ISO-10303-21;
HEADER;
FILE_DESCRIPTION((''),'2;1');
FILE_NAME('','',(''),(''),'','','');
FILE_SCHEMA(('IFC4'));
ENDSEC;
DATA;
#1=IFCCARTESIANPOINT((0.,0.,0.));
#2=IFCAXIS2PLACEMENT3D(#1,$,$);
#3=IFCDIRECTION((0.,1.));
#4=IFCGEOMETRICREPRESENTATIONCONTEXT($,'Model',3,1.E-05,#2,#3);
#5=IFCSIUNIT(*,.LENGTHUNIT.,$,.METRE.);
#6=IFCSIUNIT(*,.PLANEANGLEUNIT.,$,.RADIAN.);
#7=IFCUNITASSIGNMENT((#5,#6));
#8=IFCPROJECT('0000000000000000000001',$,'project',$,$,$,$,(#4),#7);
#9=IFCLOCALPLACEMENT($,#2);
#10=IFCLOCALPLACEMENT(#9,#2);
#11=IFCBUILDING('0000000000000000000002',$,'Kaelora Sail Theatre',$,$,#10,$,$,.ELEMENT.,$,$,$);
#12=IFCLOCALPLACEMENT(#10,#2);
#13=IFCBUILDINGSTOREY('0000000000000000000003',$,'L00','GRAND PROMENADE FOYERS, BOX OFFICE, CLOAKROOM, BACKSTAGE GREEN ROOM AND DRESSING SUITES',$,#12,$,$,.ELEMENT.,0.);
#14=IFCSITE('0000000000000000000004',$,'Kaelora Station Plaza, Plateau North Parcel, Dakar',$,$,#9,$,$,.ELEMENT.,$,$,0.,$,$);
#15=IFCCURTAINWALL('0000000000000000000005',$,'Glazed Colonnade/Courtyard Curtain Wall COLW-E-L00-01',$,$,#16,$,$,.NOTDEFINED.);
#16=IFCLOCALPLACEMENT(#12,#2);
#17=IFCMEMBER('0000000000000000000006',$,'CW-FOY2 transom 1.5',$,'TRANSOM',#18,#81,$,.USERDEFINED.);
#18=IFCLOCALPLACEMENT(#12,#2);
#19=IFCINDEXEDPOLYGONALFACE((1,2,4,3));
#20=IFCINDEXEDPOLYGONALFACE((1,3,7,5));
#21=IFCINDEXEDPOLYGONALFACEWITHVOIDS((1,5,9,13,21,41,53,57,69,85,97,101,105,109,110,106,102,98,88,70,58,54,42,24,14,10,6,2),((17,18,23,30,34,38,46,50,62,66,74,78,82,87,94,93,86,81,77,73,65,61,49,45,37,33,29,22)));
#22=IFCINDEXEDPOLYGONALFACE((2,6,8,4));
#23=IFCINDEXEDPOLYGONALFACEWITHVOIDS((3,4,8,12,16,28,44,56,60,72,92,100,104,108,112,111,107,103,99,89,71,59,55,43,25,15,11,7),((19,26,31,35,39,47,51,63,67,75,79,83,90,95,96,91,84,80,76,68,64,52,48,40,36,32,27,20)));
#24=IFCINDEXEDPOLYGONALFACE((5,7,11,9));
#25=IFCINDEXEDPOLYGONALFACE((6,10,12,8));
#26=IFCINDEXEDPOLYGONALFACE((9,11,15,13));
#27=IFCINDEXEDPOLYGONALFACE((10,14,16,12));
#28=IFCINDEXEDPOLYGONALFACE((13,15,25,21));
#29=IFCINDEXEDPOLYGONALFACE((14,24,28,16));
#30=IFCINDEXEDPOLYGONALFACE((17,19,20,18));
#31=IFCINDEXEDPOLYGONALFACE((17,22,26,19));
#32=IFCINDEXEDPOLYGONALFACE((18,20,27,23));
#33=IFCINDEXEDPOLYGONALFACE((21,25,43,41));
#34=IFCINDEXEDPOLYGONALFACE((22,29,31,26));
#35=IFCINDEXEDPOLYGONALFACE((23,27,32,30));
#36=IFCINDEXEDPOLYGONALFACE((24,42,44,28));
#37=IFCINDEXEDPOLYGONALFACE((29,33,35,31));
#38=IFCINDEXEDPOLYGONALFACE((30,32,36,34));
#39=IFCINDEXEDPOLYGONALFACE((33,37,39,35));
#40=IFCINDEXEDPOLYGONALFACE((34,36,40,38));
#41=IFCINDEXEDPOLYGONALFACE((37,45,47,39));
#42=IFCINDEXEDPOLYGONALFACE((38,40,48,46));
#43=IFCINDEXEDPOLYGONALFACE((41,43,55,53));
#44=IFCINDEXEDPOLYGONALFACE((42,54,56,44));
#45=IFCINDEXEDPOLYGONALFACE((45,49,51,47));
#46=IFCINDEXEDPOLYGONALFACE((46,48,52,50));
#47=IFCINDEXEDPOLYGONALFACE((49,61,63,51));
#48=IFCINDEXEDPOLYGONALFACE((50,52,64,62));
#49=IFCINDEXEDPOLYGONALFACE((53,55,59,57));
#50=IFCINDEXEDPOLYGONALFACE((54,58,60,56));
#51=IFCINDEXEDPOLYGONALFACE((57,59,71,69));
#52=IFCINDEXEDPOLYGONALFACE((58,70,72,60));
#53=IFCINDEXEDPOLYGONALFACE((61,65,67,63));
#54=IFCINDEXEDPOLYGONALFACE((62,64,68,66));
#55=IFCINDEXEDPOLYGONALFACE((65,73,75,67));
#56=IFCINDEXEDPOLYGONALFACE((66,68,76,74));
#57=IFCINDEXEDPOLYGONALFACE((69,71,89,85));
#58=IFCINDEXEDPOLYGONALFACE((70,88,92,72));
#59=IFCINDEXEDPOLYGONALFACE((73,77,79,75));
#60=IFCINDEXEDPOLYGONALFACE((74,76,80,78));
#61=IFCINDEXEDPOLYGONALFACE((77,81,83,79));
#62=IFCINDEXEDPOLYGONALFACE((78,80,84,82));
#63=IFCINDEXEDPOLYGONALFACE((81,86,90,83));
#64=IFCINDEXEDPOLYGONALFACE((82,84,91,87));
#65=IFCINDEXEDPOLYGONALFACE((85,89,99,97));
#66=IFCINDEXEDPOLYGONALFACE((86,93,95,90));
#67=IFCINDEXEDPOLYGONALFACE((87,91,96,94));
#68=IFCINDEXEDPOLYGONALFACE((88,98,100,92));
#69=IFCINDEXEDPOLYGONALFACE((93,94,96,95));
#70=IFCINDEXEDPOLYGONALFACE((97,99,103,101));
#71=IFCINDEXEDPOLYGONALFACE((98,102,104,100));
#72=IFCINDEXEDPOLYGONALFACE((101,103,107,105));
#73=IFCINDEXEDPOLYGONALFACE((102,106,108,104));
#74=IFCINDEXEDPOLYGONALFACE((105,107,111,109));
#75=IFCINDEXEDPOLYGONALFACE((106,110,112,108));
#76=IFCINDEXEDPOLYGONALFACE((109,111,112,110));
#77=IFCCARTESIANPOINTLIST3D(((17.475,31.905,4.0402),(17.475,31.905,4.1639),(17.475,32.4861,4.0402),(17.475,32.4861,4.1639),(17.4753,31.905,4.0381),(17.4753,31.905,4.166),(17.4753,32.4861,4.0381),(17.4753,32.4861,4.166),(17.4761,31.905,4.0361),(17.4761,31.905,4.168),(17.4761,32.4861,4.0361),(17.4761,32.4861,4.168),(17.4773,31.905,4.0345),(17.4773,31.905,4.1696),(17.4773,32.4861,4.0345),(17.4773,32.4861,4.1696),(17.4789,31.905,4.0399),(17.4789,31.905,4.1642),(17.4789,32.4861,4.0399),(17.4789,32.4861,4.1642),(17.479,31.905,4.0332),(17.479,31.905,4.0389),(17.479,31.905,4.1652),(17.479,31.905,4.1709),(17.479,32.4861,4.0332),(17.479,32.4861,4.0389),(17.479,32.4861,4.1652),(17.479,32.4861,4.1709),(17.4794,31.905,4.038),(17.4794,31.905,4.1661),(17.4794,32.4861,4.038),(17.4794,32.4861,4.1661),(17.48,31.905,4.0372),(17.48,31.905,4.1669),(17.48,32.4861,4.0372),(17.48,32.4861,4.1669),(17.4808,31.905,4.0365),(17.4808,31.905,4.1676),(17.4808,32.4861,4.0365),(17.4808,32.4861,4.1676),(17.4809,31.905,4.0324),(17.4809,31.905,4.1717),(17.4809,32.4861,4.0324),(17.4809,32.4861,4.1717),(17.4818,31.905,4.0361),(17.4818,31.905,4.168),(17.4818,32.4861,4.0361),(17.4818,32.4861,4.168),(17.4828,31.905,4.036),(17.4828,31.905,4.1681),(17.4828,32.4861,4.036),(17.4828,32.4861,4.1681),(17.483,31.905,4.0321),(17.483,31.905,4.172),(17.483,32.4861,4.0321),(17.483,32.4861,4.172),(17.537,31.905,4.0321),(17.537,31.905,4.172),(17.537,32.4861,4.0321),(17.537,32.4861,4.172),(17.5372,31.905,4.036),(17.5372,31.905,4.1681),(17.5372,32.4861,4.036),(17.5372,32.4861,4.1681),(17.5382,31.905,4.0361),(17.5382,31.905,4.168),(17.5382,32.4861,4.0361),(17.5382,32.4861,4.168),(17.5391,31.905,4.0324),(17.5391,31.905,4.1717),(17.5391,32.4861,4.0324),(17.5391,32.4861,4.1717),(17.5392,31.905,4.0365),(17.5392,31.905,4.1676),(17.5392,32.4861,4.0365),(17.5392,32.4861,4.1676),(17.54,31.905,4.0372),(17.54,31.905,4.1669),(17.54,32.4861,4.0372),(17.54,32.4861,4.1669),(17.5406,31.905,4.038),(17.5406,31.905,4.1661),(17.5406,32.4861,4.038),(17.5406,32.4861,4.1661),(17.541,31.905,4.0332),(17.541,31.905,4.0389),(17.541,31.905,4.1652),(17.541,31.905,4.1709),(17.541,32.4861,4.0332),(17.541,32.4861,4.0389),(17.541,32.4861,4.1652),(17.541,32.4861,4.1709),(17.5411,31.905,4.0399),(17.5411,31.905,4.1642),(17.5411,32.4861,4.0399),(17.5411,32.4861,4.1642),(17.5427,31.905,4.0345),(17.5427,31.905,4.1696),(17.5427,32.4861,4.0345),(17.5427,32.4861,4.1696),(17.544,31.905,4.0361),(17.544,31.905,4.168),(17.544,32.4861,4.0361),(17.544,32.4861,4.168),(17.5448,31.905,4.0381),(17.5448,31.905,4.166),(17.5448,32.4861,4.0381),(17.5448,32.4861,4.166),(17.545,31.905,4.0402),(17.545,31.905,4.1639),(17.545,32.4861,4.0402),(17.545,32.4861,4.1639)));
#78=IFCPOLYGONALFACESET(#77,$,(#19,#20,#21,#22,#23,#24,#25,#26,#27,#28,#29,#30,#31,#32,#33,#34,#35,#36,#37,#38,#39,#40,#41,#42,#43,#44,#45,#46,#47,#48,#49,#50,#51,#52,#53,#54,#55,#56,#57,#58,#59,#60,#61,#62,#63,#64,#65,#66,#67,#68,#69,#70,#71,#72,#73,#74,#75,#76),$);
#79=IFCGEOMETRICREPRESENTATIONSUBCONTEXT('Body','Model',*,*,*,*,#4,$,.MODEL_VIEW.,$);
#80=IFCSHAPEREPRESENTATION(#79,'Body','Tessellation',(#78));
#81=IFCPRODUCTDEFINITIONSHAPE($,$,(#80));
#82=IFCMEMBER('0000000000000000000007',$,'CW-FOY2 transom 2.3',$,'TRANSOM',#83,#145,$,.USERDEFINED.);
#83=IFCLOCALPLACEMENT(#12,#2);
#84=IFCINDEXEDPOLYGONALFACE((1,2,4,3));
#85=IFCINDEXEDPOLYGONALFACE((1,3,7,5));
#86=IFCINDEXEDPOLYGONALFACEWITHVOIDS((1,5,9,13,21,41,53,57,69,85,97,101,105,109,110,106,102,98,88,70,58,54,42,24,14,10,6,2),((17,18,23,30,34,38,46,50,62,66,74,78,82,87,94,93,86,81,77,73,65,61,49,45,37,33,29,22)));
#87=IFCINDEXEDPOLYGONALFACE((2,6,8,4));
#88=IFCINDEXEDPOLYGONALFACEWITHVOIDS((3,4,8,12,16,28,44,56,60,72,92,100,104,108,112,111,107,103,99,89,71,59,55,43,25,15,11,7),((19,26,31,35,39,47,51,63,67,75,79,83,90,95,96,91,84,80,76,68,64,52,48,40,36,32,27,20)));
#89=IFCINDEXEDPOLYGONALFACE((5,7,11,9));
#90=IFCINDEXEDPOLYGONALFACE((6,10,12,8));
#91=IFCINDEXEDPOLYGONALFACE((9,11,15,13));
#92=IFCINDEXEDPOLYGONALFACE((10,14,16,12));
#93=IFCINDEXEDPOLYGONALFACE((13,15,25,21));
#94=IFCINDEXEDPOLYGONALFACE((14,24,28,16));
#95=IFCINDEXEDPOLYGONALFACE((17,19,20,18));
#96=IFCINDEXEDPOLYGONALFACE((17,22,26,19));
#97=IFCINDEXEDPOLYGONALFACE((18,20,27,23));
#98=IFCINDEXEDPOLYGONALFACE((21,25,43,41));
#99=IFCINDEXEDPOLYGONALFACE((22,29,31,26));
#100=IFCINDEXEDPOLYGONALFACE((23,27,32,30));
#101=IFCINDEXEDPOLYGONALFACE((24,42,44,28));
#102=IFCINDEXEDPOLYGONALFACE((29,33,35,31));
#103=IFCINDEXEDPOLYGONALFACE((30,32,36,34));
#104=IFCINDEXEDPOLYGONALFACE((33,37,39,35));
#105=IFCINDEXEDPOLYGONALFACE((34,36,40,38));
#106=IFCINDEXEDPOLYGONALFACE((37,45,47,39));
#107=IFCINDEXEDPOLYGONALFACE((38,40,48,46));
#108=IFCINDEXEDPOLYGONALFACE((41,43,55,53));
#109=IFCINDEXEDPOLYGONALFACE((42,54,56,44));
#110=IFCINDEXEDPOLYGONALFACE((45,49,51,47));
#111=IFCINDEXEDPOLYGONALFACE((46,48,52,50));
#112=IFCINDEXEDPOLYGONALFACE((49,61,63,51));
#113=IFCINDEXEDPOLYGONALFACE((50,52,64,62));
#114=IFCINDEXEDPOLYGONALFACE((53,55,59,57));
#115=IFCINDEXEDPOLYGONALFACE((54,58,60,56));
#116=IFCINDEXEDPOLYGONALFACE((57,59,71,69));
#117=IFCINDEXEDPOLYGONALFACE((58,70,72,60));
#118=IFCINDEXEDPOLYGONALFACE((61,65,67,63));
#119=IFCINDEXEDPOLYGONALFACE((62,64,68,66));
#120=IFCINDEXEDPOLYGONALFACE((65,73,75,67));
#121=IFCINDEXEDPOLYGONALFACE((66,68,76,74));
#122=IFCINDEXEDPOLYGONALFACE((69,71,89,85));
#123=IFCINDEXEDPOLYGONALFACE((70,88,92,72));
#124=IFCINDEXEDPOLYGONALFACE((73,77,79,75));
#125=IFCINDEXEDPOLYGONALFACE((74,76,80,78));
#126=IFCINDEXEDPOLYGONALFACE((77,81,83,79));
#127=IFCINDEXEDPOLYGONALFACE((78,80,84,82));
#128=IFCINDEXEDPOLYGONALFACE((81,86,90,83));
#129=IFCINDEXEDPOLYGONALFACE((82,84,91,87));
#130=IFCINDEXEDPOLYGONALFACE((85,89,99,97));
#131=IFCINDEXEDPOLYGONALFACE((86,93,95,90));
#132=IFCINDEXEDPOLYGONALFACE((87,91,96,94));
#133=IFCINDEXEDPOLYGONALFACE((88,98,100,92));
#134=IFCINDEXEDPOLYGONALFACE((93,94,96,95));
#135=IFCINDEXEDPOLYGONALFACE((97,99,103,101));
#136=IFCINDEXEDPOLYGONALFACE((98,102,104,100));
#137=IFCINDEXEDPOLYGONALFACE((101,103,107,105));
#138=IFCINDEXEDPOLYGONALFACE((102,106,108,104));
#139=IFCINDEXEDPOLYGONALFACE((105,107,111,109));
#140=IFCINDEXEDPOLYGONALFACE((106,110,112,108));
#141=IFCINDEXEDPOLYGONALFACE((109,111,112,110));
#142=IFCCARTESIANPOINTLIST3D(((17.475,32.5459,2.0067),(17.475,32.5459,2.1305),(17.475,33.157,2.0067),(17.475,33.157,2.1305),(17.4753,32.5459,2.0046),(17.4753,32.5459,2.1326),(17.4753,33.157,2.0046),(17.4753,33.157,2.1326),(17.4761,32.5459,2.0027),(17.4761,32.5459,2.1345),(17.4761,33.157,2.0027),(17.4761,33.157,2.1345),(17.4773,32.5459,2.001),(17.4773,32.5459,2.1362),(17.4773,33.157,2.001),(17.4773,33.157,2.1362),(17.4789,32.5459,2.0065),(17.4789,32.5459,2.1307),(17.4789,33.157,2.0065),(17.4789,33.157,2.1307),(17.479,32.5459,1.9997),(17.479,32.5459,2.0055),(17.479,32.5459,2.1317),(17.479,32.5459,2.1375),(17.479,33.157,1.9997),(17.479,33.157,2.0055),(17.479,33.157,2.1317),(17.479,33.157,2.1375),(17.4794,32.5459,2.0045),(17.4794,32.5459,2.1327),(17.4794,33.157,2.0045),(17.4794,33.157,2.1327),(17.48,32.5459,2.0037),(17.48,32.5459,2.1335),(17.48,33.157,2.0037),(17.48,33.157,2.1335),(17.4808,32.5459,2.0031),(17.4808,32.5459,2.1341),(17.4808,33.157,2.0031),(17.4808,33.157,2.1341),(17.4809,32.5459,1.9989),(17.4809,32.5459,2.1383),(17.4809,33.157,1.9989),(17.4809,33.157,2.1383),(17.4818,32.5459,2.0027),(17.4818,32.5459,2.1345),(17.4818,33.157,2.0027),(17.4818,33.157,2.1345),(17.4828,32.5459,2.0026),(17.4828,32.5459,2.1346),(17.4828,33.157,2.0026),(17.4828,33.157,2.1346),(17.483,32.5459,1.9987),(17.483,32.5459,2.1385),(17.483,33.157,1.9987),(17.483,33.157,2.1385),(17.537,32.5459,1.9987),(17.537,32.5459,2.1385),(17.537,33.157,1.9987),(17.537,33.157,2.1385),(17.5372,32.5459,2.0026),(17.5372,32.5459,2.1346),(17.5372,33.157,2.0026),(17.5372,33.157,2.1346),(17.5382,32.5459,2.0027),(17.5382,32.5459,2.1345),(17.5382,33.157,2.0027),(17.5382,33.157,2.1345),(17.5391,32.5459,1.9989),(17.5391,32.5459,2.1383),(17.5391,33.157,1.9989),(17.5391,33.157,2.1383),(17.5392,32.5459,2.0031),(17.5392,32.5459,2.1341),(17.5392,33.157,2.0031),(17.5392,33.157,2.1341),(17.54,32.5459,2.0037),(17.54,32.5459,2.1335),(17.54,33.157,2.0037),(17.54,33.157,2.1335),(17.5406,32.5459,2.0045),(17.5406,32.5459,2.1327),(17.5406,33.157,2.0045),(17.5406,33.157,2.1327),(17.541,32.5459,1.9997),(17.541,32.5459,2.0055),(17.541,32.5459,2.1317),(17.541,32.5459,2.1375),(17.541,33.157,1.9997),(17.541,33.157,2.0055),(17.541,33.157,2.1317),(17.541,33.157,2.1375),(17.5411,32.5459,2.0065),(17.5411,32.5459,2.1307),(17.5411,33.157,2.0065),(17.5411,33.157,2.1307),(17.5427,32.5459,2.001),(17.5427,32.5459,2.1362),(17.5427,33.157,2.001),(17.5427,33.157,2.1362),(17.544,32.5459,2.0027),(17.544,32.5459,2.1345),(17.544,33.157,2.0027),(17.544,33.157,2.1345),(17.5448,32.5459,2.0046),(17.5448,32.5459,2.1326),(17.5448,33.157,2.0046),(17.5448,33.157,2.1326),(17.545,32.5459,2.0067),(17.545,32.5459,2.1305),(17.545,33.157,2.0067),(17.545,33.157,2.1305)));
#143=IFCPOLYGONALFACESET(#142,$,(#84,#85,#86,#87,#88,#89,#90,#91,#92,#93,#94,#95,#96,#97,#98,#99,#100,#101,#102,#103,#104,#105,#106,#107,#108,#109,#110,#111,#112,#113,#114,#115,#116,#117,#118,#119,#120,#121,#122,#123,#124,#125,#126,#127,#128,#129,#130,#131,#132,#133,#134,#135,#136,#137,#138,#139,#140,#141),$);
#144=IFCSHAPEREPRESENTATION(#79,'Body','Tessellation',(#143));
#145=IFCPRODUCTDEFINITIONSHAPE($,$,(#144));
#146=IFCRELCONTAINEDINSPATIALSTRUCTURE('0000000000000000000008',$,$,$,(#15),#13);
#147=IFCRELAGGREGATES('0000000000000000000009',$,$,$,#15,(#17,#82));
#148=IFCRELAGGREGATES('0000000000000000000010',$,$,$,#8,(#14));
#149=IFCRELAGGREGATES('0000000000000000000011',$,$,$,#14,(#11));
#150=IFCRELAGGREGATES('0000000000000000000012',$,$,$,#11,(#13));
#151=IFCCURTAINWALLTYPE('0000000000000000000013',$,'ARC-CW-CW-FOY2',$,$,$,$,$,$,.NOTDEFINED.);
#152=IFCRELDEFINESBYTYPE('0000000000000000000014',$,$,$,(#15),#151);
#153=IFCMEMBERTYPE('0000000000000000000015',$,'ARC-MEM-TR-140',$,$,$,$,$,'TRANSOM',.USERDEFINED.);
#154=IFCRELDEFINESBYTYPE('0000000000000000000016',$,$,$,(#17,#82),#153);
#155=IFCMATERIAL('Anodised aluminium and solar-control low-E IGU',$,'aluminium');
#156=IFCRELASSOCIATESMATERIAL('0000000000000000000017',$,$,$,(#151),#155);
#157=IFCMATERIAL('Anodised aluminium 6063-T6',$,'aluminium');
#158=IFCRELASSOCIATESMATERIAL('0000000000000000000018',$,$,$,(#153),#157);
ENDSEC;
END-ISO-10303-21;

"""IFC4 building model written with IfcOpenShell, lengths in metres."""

from ifc_helpers import new_model, si_unit, direction, frame, origin, origin_2d, place, context, subcontext, project, spatial, hollow_rectangle, extrude, material, material_profile, profile_set, type_object, element, aggregate, save


model = new_model("IFC4")

# Units and contexts
model_context = context("Model", 3, precision=1e-05, world=origin(), true_north=direction((0.0, 1.0)))
body_context = subcontext(model_context, "Body", "Model", "MODEL_VIEW")
ifc_project = project(units=[si_unit("LENGTHUNIT", "METRE"), si_unit("PLANEANGLEUNIT", "RADIAN")], contexts=[model_context])

# Site, building, storey
site_placement = place(None, origin())
site = spatial("IfcSite", under=ifc_project, at=site_placement, Name="Kaelora Station Plaza, Plateau North Parcel, Dakar", CompositionType="ELEMENT", RefElevation=0.0)
building_placement = place(site_placement, origin())
building = spatial("IfcBuilding", under=site, at=building_placement, Name="Kaelora Sail Theatre", CompositionType="ELEMENT")
storey_placement = place(building_placement, origin())
storey = spatial("IfcBuildingStorey", under=building, at=storey_placement, Name="L00", Description="GRAND PROMENADE FOYERS, BOX OFFICE, CLOAKROOM, BACKSTAGE GREEN ROOM AND DRESSING SUITES", CompositionType="ELEMENT", Elevation=0.0)

# Curtain wall, members
ifc_material_1 = material(Name="Anodised aluminium and solar-control low-E IGU", Category="aluminium")
curtain_wall_type = type_object("IfcCurtainWallType", Name="ARC-CW-CW-FOY2", PredefinedType="NOTDEFINED", material=ifc_material_1)
curtain_wall_placement = place(storey_placement, origin())
curtain_wall = element("IfcCurtainWall", 1, at=curtain_wall_placement, inside=storey, type_object=curtain_wall_type, Name="Glazed Colonnade/Courtyard Curtain Wall COLW-E-L00-01", PredefinedType="NOTDEFINED")
ifc_material_2 = material(Name="Anodised aluminium 6063-T6", Category="aluminium")
ifc_material_profile = material_profile(ifc_material_2, hollow_rectangle(XDim=0.0701, YDim=0.1399, WallThickness=0.0039, InnerFilletRadius=0.0039, OuterFilletRadius=0.0081, at=origin_2d()), Name="ALU-TRAN 70x140x4")
ifc_profile_set = profile_set([ifc_material_profile], Name="Anodised aluminium 6063-T6")
member_type = type_object("IfcMemberType", Name="ARC-MEM-TR-140", ElementType="TRANSOM", PredefinedType="USERDEFINED", material=ifc_profile_set)
member_1_placement = place(storey_placement, frame((17.51, 31.905, 4.1021), z_axis=(0.0, 1.0, 0.0), x_axis=(-1.0, 0.0, 0.0)))
member_1 = element("IfcMember", 2, at=member_1_placement, type_object=member_type, Name="CW-FOY2 transom 1.5", ObjectType="TRANSOM", PredefinedType="USERDEFINED", context=body_context, shape_type="SweptSolid", body=[
    extrude(hollow_rectangle(XDim=0.0701, YDim=0.1399, WallThickness=0.0039, InnerFilletRadius=0.0039, OuterFilletRadius=0.0081, at=origin_2d()), origin(), (0.0, 0.0, 1.0), 0.5811),
])
member_2_placement = place(storey_placement, frame((17.51, 32.5459, 2.0686), z_axis=(0.0, 1.0, 0.0), x_axis=(-1.0, 0.0, 0.0)))
member_2 = element("IfcMember", 3, at=member_2_placement, type_object=member_type, Name="CW-FOY2 transom 2.3", ObjectType="TRANSOM", PredefinedType="USERDEFINED", context=body_context, shape_type="SweptSolid", body=[
    extrude(hollow_rectangle(XDim=0.0701, YDim=0.1399, WallThickness=0.0039, InnerFilletRadius=0.0039, OuterFilletRadius=0.0081, at=origin_2d()), origin(), (0.0, 0.0, 1.0), 0.6111),
])
aggregate(curtain_wall, [member_1, member_2])

save(model, "model.ifc")
